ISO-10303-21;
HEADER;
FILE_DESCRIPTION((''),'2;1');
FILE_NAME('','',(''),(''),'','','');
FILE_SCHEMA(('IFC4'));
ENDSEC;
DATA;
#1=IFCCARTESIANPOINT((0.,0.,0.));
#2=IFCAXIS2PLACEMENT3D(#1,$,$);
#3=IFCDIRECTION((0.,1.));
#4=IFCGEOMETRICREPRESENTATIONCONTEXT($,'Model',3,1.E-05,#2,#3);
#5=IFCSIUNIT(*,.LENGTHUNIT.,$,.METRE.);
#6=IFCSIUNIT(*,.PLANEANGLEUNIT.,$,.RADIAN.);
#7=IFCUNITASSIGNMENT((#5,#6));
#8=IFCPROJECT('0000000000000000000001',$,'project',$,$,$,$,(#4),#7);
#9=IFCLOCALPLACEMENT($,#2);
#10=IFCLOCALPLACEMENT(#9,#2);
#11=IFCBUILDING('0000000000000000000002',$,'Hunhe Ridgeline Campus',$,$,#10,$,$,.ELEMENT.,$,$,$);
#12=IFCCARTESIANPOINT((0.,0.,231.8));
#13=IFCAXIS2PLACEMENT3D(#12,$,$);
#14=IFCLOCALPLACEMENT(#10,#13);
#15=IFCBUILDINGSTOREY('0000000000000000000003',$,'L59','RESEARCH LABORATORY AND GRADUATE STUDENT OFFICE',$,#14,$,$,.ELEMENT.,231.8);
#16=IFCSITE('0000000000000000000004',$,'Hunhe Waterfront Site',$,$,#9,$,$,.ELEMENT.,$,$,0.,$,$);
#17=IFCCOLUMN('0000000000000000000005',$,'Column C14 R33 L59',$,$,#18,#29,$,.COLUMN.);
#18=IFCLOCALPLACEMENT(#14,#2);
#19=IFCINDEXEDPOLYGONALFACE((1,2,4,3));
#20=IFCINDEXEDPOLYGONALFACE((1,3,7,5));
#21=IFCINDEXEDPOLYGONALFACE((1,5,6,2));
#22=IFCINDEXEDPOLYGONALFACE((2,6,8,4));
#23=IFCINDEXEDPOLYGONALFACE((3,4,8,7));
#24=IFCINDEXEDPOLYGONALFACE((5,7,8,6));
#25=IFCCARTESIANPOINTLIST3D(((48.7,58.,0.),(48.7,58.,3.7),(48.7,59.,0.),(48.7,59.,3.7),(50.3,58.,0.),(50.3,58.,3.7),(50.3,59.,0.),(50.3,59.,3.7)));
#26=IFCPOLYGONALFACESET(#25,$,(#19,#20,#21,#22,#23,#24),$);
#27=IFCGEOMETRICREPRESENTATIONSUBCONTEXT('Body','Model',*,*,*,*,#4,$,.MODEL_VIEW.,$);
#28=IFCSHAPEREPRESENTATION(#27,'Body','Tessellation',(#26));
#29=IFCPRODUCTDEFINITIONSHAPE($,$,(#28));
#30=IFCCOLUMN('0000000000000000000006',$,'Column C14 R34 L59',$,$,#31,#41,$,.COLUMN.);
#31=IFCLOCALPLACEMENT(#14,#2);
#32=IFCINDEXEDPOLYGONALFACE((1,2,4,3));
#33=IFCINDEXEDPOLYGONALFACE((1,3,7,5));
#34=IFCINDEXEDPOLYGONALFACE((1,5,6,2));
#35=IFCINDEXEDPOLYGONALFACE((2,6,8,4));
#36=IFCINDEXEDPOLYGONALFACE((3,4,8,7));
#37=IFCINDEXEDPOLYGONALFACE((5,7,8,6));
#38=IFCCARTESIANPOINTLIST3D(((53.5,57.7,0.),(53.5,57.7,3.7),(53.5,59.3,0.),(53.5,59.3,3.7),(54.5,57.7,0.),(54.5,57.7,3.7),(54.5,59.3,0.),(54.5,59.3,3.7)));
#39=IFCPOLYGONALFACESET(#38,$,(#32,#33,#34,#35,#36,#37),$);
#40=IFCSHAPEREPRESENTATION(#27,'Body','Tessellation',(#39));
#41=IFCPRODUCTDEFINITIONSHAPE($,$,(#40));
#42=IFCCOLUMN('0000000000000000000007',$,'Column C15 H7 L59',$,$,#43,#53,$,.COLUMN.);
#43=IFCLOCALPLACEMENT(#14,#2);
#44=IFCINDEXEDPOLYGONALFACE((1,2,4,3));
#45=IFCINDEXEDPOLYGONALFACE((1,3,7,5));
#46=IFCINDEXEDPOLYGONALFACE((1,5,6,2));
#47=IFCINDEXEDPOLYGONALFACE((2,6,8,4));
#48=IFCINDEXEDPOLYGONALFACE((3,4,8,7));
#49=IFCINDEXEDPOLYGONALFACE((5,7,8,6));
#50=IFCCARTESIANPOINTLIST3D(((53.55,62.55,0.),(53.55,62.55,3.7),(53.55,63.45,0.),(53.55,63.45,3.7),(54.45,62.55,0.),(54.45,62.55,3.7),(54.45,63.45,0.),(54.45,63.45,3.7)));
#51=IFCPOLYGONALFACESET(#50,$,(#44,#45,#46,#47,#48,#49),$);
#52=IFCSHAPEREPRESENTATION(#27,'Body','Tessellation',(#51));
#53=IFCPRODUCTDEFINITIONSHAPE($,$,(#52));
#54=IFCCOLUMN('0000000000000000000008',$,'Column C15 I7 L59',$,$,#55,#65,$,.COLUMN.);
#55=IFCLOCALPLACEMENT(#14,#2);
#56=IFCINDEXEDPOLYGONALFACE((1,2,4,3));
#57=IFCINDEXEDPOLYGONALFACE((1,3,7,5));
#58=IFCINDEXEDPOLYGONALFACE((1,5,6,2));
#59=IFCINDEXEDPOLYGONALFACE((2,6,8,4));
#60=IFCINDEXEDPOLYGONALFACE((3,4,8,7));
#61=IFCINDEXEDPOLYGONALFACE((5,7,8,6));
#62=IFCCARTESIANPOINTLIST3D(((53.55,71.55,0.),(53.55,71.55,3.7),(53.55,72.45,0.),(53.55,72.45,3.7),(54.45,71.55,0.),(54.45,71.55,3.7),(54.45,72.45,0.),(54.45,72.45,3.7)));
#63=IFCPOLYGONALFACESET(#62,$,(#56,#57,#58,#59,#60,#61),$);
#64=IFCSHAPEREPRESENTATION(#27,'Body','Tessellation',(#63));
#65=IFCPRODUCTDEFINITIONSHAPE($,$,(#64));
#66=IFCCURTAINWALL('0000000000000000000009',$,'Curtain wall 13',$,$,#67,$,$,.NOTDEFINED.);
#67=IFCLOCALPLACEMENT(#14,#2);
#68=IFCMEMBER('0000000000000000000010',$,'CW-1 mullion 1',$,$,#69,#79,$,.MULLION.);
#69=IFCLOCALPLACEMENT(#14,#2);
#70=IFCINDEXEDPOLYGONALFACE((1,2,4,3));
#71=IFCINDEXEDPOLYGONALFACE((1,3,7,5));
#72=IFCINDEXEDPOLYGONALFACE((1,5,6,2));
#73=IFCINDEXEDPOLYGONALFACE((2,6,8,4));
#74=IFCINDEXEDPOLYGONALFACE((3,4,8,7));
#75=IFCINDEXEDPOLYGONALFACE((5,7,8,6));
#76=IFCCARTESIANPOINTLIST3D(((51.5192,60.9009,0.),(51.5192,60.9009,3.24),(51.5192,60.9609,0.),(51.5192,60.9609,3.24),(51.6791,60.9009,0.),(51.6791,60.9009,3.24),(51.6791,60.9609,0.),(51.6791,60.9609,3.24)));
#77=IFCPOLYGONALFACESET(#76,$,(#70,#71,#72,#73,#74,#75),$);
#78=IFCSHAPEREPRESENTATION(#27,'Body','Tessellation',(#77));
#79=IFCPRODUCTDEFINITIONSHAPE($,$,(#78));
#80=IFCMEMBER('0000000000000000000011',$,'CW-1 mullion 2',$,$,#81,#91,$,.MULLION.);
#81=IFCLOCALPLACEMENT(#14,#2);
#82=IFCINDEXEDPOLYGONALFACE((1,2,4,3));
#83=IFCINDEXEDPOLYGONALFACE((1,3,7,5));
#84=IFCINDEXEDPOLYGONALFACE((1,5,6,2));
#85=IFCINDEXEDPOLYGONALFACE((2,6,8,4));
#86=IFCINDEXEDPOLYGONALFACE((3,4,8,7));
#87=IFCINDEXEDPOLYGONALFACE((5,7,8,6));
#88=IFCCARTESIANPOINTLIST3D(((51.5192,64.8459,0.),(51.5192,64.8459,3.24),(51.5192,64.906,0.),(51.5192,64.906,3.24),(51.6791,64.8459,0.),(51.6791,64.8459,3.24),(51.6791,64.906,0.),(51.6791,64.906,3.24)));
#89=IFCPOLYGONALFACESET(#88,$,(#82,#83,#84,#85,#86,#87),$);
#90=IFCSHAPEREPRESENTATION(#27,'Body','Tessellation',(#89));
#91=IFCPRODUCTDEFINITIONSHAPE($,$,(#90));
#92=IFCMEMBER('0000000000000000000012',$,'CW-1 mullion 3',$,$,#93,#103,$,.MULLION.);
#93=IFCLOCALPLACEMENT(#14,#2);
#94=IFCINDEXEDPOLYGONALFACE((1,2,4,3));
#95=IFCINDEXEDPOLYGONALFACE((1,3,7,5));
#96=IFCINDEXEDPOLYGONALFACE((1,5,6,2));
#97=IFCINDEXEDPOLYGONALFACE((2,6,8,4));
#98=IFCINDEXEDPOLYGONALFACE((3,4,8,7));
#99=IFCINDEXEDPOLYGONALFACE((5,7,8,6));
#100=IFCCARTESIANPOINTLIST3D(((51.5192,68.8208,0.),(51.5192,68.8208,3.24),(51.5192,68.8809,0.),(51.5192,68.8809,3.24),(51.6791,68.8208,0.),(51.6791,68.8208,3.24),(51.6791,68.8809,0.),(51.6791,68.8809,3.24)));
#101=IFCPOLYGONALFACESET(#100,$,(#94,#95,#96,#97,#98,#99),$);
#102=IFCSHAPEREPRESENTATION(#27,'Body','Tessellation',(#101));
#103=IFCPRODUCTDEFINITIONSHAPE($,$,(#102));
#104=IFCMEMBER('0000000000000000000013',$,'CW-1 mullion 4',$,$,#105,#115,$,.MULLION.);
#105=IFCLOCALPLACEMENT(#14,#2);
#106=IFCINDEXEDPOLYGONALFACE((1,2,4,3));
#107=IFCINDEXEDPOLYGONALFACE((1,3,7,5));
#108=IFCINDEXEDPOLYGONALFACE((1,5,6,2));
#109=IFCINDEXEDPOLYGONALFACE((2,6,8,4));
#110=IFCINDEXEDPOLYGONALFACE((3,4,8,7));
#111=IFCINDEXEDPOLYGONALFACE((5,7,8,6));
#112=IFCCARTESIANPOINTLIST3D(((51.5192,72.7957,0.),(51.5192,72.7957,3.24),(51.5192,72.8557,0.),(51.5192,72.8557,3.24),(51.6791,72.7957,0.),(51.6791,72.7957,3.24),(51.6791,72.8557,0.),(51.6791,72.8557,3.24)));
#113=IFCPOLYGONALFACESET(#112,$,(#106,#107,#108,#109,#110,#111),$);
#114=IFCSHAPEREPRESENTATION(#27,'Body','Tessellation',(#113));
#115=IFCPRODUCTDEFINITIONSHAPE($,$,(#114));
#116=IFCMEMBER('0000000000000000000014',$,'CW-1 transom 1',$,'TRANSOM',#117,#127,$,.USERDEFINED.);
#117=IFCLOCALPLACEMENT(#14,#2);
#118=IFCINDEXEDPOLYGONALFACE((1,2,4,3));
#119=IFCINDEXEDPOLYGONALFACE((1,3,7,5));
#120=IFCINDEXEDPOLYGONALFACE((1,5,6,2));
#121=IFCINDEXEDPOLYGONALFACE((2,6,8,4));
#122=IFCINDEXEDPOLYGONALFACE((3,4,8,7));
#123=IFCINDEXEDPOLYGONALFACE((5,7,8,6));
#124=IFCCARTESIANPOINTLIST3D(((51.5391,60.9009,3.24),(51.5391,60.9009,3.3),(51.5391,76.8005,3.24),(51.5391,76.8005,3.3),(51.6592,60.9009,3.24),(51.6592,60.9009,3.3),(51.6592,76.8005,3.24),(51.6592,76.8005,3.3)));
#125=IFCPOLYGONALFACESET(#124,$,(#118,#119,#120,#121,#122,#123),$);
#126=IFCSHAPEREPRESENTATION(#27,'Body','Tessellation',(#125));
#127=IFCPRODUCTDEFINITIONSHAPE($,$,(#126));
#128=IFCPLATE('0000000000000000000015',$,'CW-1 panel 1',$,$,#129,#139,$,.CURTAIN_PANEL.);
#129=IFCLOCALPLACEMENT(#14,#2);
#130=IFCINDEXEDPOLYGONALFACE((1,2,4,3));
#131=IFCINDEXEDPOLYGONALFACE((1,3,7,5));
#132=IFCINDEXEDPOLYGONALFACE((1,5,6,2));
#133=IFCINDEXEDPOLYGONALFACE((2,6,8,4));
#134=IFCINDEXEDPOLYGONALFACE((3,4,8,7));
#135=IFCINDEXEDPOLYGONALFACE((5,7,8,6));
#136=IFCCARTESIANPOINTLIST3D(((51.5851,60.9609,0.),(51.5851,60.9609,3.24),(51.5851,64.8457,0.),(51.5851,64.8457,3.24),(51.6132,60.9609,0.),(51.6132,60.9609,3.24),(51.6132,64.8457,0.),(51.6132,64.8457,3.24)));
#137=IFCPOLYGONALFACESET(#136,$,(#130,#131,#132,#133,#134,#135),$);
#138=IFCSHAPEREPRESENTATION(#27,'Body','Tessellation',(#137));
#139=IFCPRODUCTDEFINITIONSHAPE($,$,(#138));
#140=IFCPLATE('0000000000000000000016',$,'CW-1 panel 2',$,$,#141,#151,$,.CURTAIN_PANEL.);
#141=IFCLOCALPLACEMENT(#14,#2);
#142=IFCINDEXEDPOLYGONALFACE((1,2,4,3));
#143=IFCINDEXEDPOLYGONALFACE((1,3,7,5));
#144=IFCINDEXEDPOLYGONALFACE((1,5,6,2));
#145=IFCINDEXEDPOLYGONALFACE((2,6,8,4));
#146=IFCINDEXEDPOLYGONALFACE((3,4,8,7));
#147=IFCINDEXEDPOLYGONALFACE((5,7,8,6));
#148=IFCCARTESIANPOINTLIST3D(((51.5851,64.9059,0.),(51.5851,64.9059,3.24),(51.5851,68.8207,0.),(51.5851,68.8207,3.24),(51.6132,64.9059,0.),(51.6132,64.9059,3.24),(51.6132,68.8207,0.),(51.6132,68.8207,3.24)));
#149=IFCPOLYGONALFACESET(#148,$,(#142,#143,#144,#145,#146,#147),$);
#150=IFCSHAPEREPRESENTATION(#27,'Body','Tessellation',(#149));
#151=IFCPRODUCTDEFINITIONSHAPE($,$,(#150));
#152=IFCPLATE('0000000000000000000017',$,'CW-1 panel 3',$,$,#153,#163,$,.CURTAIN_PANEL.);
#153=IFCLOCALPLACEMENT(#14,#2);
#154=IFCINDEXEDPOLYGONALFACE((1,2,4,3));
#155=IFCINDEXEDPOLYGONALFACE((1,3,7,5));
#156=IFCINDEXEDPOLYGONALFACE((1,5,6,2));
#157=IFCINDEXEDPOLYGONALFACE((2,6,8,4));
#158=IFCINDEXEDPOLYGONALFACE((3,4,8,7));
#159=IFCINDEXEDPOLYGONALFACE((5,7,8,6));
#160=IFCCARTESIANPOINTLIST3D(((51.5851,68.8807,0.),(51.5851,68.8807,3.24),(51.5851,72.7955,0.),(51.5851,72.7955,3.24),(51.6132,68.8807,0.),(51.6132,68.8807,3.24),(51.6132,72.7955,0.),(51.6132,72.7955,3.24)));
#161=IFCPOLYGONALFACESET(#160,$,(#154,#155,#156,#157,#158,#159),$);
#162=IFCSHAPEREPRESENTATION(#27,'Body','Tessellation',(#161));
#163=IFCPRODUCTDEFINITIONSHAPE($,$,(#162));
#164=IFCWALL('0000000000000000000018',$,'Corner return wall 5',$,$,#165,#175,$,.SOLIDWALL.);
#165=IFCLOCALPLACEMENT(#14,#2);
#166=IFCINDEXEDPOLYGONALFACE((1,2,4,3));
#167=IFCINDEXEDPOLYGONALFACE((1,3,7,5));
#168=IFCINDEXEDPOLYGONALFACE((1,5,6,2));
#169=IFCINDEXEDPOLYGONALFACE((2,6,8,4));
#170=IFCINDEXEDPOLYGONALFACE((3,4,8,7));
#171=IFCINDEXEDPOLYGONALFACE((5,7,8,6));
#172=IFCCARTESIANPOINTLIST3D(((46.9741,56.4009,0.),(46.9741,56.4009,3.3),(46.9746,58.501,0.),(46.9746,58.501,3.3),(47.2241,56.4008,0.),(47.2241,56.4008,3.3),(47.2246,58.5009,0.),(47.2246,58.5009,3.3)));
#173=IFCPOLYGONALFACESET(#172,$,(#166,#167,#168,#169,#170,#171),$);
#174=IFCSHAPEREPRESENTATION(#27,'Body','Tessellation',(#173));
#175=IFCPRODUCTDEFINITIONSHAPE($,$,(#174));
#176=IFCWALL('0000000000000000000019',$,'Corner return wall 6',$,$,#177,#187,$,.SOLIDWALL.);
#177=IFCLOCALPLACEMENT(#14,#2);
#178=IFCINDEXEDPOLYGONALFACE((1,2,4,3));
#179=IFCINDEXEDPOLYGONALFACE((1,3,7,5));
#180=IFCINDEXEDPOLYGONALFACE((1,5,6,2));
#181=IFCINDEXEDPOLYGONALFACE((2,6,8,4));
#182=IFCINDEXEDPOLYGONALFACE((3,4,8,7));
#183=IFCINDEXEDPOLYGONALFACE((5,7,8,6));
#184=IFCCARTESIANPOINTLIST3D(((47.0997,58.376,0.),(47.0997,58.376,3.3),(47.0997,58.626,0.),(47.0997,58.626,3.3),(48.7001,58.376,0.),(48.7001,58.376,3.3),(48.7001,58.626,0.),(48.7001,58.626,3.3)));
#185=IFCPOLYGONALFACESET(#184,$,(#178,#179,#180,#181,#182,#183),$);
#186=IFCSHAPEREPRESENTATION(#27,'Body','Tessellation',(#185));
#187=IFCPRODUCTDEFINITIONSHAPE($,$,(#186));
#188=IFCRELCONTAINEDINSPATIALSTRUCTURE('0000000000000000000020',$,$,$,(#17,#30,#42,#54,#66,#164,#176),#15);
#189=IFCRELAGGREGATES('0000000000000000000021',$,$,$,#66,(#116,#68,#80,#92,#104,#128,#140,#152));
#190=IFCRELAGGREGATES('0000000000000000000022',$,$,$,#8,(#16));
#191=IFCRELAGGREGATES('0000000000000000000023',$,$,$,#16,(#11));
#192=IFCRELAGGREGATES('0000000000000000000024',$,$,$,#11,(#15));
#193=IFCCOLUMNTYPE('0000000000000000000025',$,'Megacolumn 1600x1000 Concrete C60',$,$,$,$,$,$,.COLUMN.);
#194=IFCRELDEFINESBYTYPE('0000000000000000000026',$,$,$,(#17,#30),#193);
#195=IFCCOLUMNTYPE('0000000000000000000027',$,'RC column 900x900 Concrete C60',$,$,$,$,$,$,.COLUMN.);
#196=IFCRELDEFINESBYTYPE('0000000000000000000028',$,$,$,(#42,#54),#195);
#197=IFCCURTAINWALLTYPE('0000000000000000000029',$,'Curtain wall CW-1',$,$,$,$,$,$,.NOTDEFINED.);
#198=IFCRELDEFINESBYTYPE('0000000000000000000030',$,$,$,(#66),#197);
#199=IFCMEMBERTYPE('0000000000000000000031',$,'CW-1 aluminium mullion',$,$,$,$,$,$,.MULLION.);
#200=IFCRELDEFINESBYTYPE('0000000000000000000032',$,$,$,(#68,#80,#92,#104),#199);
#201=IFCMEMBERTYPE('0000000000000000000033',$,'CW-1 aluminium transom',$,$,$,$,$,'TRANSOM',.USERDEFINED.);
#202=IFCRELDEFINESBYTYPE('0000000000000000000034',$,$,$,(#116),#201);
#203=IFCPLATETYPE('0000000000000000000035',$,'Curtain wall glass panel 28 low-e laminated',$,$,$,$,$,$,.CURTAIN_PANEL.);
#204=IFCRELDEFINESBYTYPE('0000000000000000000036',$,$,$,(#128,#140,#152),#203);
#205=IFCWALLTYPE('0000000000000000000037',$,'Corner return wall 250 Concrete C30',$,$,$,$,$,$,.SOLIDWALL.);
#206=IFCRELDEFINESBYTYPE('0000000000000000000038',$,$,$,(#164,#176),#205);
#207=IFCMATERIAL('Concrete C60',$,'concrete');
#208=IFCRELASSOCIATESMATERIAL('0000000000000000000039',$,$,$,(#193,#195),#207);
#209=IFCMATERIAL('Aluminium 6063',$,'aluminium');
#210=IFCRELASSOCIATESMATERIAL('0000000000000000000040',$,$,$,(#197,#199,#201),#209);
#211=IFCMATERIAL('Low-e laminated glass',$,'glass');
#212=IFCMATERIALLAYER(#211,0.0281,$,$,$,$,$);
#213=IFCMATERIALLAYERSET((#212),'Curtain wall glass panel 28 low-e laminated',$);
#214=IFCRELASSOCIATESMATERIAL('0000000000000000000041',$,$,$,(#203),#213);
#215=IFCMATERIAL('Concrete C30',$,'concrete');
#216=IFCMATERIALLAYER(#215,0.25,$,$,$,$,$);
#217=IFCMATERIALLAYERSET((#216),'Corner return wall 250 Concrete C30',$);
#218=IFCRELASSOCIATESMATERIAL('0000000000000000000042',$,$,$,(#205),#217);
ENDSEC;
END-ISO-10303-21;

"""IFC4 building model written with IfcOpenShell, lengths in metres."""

from ifc_helpers import new_model, si_unit, direction, frame, frame_2d, origin, origin_2d, place, context, subcontext, project, spatial, rectangle, extrude, material, layer, layer_set, material_profile, profile_set, type_object, element, aggregate, save


model = new_model("IFC4")

# Units and contexts
model_context = context("Model", 3, precision=1e-05, world=origin(), true_north=direction((0.0, 1.0)))
body_context = subcontext(model_context, "Body", "Model", "MODEL_VIEW")
ifc_project = project(units=[si_unit("LENGTHUNIT", "METRE"), si_unit("PLANEANGLEUNIT", "RADIAN")], contexts=[model_context])

# Site, building, storey
site_placement = place(None, origin())
site = spatial("IfcSite", under=ifc_project, at=site_placement, Name="Hunhe Waterfront Site", CompositionType="ELEMENT", RefElevation=0.0)
building_placement = place(site_placement, origin())
building = spatial("IfcBuilding", under=site, at=building_placement, Name="Hunhe Ridgeline Campus", CompositionType="ELEMENT")
storey_placement = place(building_placement, frame((0.0, 0.0, 231.8)))
storey = spatial("IfcBuildingStorey", under=building, at=storey_placement, Name="L59", Description="RESEARCH LABORATORY AND GRADUATE STUDENT OFFICE", CompositionType="ELEMENT", Elevation=231.8)

# Columns
ifc_material_1 = material(Name="Concrete C60", Category="concrete")
ifc_material_profile_1 = material_profile(ifc_material_1, rectangle(XDim=1.6001, YDim=1.0, at=origin_2d()))
ifc_profile_set_1 = profile_set([ifc_material_profile_1], Name="Concrete C60")
column_type_1 = type_object("IfcColumnType", Name="Megacolumn 1600x1000 Concrete C60", PredefinedType="COLUMN", material=ifc_profile_set_1)
for number, where, z_axis, x_axis, name in (
    (1, (49.5, 58.5, 0.0), (0.0, 0.0, 1.0), (1.0, 0.0, 0.0), "Column C14 R33 L59"),
    (2, (54.0, 58.5, 0.0), (0.0, 0.0, 1.0), (0.0, 1.0, 0.0), "Column C14 R34 L59"),
):
    element("IfcColumn", number, at=place(storey_placement, frame(where, z_axis=z_axis, x_axis=x_axis)), inside=storey, type_object=column_type_1, Name=name, PredefinedType="COLUMN", context=body_context, shape_type="SweptSolid", body=[
        extrude(rectangle(XDim=1.6001, YDim=1.0, at=origin_2d()), origin(), (0.0, 0.0, 1.0), 3.7),
    ])
ifc_material_profile_2 = material_profile(ifc_material_1, rectangle(XDim=0.8999, YDim=0.8999, at=origin_2d()))
ifc_profile_set_2 = profile_set([ifc_material_profile_2], Name="Concrete C60")
column_type_2 = type_object("IfcColumnType", Name="RC column 900x900 Concrete C60", PredefinedType="COLUMN", material=ifc_profile_set_2)
for number, where, z_axis, x_axis, name in (
    (3, (54.0, 63.0, 0.0), (0.0, 0.0, 1.0), (1.0, 0.0, 0.0), "Column C15 H7 L59"),
    (4, (54.0, 72.0, 0.0), (0.0, 0.0, 1.0), (1.0, 0.0, 0.0), "Column C15 I7 L59"),
):
    element("IfcColumn", number, at=place(storey_placement, frame(where, z_axis=z_axis, x_axis=x_axis)), inside=storey, type_object=column_type_2, Name=name, PredefinedType="COLUMN", context=body_context, shape_type="SweptSolid", body=[
        extrude(rectangle(XDim=0.8999, YDim=0.8999, at=origin_2d()), origin(), (0.0, 0.0, 1.0), 3.7),
    ])

# Curtain wall, members, plates
ifc_material_2 = material(Name="Aluminium 6063", Category="aluminium")
curtain_wall_type = type_object("IfcCurtainWallType", Name="Curtain wall CW-1", PredefinedType="NOTDEFINED", material=ifc_material_2)
curtain_wall_placement = place(storey_placement, origin())
curtain_wall = element("IfcCurtainWall", 5, at=curtain_wall_placement, inside=storey, type_object=curtain_wall_type, Name="Curtain wall 13", PredefinedType="NOTDEFINED")
ifc_material_profile_3 = material_profile(ifc_material_2, rectangle(XDim=0.1599, YDim=0.0601, at=origin_2d()))
ifc_profile_set_3 = profile_set([ifc_material_profile_3], Name="Aluminium 6063")
member_type_1 = type_object("IfcMemberType", Name="CW-1 aluminium mullion", PredefinedType="MULLION", material=ifc_profile_set_3)
member_1_placement = place(storey_placement, frame((51.5991, 60.9309, 0.0), z_axis=(0.0, 0.0, 1.0), x_axis=(-1.0, 0.0, 0.0)))
member_1 = element("IfcMember", 6, at=member_1_placement, type_object=member_type_1, Name="CW-1 mullion 1", PredefinedType="MULLION", context=body_context, shape_type="SweptSolid", body=[
    extrude(rectangle(XDim=0.1599, YDim=0.0601, at=origin_2d()), origin(), (0.0, 0.0, 1.0), 3.24),
])
member_2_placement = place(storey_placement, frame((51.5991, 64.876, 0.0), z_axis=(0.0, 0.0, 1.0), x_axis=(-1.0, 0.0, 0.0)))
member_2 = element("IfcMember", 7, at=member_2_placement, type_object=member_type_1, Name="CW-1 mullion 2", PredefinedType="MULLION", context=body_context, shape_type="SweptSolid", body=[
    extrude(rectangle(XDim=0.1599, YDim=0.0601, at=origin_2d()), origin(), (0.0, 0.0, 1.0), 3.24),
])
member_3_placement = place(storey_placement, frame((51.5991, 68.8508, 0.0), z_axis=(0.0, 0.0, 1.0), x_axis=(-1.0, 0.0, 0.0)))
member_3 = element("IfcMember", 8, at=member_3_placement, type_object=member_type_1, Name="CW-1 mullion 3", PredefinedType="MULLION", context=body_context, shape_type="SweptSolid", body=[
    extrude(rectangle(XDim=0.1599, YDim=0.0601, at=origin_2d()), origin(), (0.0, 0.0, 1.0), 3.24),
])
member_4_placement = place(storey_placement, frame((51.5991, 72.8257, 0.0), z_axis=(0.0, 0.0, 1.0), x_axis=(-1.0, 0.0, 0.0)))
member_4 = element("IfcMember", 9, at=member_4_placement, type_object=member_type_1, Name="CW-1 mullion 4", PredefinedType="MULLION", context=body_context, shape_type="SweptSolid", body=[
    extrude(rectangle(XDim=0.1599, YDim=0.0601, at=origin_2d()), origin(), (0.0, 0.0, 1.0), 3.24),
])
ifc_material_profile_4 = material_profile(ifc_material_2, rectangle(XDim=0.1201, YDim=0.0601, at=origin_2d()))
ifc_profile_set_4 = profile_set([ifc_material_profile_4], Name="Aluminium 6063")
member_type_2 = type_object("IfcMemberType", Name="CW-1 aluminium transom", ElementType="TRANSOM", PredefinedType="USERDEFINED", material=ifc_profile_set_4)
member_5_placement = place(storey_placement, frame((51.5991, 60.9009, 3.27), z_axis=(0.0, 1.0, 0.0), x_axis=(-1.0, 0.0, 0.0)))
member_5 = element("IfcMember", 10, at=member_5_placement, type_object=member_type_2, Name="CW-1 transom 1", ObjectType="TRANSOM", PredefinedType="USERDEFINED", context=body_context, shape_type="SweptSolid", body=[
    extrude(rectangle(XDim=0.1201, YDim=0.0601, at=origin_2d()), origin(), (0.0, 0.0, 1.0), 15.8997),
])
ifc_material_3 = material(Name="Low-e laminated glass", Category="glass")
ifc_layer_1 = layer(ifc_material_3, 0.0281)
ifc_layer_set_1 = layer_set([ifc_layer_1], Name="Curtain wall glass panel 28 low-e laminated")
plate_type = type_object("IfcPlateType", Name="Curtain wall glass panel 28 low-e laminated", PredefinedType="CURTAIN_PANEL", material=ifc_layer_set_1)
plate_1_placement = place(storey_placement, frame((51.5991, 62.9033, 0.0), z_axis=(0.0, 0.0, 1.0), x_axis=(0.0, 1.0, 0.0)))
plate_1 = element("IfcPlate", 11, at=plate_1_placement, type_object=plate_type, Name="CW-1 panel 1", PredefinedType="CURTAIN_PANEL", context=body_context, shape_type="SweptSolid", body=[
    extrude(rectangle(XDim=3.8848, YDim=0.0281, at=origin_2d()), origin(), (0.0, 0.0, 1.0), 3.24),
])
plate_2_placement = place(storey_placement, frame((51.5991, 66.8633, 0.0), z_axis=(0.0, 0.0, 1.0), x_axis=(0.0, 1.0, 0.0)))
plate_2 = element("IfcPlate", 12, at=plate_2_placement, type_object=plate_type, Name="CW-1 panel 2", PredefinedType="CURTAIN_PANEL", context=body_context, shape_type="SweptSolid", body=[
    extrude(rectangle(XDim=3.9148, YDim=0.0281, at=origin_2d()), origin(), (0.0, 0.0, 1.0), 3.24),
])
plate_3_placement = place(storey_placement, frame((51.5991, 70.8381, 0.0), z_axis=(0.0, 0.0, 1.0), x_axis=(0.0, 1.0, 0.0)))
plate_3 = element("IfcPlate", 13, at=plate_3_placement, type_object=plate_type, Name="CW-1 panel 3", PredefinedType="CURTAIN_PANEL", context=body_context, shape_type="SweptSolid", body=[
    extrude(rectangle(XDim=3.9148, YDim=0.0281, at=origin_2d()), origin(), (0.0, 0.0, 1.0), 3.24),
])
aggregate(curtain_wall, [member_5, member_1, member_2, member_3, member_4, plate_1, plate_2, plate_3])

# Walls
ifc_material_4 = material(Name="Concrete C30", Category="concrete")
ifc_layer_2 = layer(ifc_material_4, 0.25)
ifc_layer_set_2 = layer_set([ifc_layer_2], Name="Corner return wall 250 Concrete C30")
wall_type = type_object("IfcWallType", Name="Corner return wall 250 Concrete C30", PredefinedType="SOLIDWALL", material=ifc_layer_set_2)
wall_1_placement = place(storey_placement, frame((47.0991, 56.4009, 0.0), z_axis=(0.0, 0.0, 1.0), x_axis=(0.000233, 1.0, 0.0)))
element("IfcWall", 14, at=wall_1_placement, inside=storey, type_object=wall_type, Name="Corner return wall 5", PredefinedType="SOLIDWALL", context=body_context, shape_type="SweptSolid", body=[
    extrude(rectangle(XDim=2.1001, YDim=0.25, at=frame_2d((1.05, 0.0))), origin(), (0.0, 0.0, 1.0), 3.3),
])
wall_2_placement = place(storey_placement, frame((47.0996, 58.501, 0.0), z_axis=(0.0, 0.0, 1.0), x_axis=(1.0, 0.0, 0.0)))
element("IfcWall", 15, at=wall_2_placement, inside=storey, type_object=wall_type, Name="Corner return wall 6", PredefinedType="SOLIDWALL", context=body_context, shape_type="SweptSolid", body=[
    extrude(rectangle(XDim=1.6003, YDim=0.25, at=frame_2d((0.8003, 0.0))), origin(), (0.0, 0.0, 1.0), 3.3),
])

save(model, "model.ifc")
